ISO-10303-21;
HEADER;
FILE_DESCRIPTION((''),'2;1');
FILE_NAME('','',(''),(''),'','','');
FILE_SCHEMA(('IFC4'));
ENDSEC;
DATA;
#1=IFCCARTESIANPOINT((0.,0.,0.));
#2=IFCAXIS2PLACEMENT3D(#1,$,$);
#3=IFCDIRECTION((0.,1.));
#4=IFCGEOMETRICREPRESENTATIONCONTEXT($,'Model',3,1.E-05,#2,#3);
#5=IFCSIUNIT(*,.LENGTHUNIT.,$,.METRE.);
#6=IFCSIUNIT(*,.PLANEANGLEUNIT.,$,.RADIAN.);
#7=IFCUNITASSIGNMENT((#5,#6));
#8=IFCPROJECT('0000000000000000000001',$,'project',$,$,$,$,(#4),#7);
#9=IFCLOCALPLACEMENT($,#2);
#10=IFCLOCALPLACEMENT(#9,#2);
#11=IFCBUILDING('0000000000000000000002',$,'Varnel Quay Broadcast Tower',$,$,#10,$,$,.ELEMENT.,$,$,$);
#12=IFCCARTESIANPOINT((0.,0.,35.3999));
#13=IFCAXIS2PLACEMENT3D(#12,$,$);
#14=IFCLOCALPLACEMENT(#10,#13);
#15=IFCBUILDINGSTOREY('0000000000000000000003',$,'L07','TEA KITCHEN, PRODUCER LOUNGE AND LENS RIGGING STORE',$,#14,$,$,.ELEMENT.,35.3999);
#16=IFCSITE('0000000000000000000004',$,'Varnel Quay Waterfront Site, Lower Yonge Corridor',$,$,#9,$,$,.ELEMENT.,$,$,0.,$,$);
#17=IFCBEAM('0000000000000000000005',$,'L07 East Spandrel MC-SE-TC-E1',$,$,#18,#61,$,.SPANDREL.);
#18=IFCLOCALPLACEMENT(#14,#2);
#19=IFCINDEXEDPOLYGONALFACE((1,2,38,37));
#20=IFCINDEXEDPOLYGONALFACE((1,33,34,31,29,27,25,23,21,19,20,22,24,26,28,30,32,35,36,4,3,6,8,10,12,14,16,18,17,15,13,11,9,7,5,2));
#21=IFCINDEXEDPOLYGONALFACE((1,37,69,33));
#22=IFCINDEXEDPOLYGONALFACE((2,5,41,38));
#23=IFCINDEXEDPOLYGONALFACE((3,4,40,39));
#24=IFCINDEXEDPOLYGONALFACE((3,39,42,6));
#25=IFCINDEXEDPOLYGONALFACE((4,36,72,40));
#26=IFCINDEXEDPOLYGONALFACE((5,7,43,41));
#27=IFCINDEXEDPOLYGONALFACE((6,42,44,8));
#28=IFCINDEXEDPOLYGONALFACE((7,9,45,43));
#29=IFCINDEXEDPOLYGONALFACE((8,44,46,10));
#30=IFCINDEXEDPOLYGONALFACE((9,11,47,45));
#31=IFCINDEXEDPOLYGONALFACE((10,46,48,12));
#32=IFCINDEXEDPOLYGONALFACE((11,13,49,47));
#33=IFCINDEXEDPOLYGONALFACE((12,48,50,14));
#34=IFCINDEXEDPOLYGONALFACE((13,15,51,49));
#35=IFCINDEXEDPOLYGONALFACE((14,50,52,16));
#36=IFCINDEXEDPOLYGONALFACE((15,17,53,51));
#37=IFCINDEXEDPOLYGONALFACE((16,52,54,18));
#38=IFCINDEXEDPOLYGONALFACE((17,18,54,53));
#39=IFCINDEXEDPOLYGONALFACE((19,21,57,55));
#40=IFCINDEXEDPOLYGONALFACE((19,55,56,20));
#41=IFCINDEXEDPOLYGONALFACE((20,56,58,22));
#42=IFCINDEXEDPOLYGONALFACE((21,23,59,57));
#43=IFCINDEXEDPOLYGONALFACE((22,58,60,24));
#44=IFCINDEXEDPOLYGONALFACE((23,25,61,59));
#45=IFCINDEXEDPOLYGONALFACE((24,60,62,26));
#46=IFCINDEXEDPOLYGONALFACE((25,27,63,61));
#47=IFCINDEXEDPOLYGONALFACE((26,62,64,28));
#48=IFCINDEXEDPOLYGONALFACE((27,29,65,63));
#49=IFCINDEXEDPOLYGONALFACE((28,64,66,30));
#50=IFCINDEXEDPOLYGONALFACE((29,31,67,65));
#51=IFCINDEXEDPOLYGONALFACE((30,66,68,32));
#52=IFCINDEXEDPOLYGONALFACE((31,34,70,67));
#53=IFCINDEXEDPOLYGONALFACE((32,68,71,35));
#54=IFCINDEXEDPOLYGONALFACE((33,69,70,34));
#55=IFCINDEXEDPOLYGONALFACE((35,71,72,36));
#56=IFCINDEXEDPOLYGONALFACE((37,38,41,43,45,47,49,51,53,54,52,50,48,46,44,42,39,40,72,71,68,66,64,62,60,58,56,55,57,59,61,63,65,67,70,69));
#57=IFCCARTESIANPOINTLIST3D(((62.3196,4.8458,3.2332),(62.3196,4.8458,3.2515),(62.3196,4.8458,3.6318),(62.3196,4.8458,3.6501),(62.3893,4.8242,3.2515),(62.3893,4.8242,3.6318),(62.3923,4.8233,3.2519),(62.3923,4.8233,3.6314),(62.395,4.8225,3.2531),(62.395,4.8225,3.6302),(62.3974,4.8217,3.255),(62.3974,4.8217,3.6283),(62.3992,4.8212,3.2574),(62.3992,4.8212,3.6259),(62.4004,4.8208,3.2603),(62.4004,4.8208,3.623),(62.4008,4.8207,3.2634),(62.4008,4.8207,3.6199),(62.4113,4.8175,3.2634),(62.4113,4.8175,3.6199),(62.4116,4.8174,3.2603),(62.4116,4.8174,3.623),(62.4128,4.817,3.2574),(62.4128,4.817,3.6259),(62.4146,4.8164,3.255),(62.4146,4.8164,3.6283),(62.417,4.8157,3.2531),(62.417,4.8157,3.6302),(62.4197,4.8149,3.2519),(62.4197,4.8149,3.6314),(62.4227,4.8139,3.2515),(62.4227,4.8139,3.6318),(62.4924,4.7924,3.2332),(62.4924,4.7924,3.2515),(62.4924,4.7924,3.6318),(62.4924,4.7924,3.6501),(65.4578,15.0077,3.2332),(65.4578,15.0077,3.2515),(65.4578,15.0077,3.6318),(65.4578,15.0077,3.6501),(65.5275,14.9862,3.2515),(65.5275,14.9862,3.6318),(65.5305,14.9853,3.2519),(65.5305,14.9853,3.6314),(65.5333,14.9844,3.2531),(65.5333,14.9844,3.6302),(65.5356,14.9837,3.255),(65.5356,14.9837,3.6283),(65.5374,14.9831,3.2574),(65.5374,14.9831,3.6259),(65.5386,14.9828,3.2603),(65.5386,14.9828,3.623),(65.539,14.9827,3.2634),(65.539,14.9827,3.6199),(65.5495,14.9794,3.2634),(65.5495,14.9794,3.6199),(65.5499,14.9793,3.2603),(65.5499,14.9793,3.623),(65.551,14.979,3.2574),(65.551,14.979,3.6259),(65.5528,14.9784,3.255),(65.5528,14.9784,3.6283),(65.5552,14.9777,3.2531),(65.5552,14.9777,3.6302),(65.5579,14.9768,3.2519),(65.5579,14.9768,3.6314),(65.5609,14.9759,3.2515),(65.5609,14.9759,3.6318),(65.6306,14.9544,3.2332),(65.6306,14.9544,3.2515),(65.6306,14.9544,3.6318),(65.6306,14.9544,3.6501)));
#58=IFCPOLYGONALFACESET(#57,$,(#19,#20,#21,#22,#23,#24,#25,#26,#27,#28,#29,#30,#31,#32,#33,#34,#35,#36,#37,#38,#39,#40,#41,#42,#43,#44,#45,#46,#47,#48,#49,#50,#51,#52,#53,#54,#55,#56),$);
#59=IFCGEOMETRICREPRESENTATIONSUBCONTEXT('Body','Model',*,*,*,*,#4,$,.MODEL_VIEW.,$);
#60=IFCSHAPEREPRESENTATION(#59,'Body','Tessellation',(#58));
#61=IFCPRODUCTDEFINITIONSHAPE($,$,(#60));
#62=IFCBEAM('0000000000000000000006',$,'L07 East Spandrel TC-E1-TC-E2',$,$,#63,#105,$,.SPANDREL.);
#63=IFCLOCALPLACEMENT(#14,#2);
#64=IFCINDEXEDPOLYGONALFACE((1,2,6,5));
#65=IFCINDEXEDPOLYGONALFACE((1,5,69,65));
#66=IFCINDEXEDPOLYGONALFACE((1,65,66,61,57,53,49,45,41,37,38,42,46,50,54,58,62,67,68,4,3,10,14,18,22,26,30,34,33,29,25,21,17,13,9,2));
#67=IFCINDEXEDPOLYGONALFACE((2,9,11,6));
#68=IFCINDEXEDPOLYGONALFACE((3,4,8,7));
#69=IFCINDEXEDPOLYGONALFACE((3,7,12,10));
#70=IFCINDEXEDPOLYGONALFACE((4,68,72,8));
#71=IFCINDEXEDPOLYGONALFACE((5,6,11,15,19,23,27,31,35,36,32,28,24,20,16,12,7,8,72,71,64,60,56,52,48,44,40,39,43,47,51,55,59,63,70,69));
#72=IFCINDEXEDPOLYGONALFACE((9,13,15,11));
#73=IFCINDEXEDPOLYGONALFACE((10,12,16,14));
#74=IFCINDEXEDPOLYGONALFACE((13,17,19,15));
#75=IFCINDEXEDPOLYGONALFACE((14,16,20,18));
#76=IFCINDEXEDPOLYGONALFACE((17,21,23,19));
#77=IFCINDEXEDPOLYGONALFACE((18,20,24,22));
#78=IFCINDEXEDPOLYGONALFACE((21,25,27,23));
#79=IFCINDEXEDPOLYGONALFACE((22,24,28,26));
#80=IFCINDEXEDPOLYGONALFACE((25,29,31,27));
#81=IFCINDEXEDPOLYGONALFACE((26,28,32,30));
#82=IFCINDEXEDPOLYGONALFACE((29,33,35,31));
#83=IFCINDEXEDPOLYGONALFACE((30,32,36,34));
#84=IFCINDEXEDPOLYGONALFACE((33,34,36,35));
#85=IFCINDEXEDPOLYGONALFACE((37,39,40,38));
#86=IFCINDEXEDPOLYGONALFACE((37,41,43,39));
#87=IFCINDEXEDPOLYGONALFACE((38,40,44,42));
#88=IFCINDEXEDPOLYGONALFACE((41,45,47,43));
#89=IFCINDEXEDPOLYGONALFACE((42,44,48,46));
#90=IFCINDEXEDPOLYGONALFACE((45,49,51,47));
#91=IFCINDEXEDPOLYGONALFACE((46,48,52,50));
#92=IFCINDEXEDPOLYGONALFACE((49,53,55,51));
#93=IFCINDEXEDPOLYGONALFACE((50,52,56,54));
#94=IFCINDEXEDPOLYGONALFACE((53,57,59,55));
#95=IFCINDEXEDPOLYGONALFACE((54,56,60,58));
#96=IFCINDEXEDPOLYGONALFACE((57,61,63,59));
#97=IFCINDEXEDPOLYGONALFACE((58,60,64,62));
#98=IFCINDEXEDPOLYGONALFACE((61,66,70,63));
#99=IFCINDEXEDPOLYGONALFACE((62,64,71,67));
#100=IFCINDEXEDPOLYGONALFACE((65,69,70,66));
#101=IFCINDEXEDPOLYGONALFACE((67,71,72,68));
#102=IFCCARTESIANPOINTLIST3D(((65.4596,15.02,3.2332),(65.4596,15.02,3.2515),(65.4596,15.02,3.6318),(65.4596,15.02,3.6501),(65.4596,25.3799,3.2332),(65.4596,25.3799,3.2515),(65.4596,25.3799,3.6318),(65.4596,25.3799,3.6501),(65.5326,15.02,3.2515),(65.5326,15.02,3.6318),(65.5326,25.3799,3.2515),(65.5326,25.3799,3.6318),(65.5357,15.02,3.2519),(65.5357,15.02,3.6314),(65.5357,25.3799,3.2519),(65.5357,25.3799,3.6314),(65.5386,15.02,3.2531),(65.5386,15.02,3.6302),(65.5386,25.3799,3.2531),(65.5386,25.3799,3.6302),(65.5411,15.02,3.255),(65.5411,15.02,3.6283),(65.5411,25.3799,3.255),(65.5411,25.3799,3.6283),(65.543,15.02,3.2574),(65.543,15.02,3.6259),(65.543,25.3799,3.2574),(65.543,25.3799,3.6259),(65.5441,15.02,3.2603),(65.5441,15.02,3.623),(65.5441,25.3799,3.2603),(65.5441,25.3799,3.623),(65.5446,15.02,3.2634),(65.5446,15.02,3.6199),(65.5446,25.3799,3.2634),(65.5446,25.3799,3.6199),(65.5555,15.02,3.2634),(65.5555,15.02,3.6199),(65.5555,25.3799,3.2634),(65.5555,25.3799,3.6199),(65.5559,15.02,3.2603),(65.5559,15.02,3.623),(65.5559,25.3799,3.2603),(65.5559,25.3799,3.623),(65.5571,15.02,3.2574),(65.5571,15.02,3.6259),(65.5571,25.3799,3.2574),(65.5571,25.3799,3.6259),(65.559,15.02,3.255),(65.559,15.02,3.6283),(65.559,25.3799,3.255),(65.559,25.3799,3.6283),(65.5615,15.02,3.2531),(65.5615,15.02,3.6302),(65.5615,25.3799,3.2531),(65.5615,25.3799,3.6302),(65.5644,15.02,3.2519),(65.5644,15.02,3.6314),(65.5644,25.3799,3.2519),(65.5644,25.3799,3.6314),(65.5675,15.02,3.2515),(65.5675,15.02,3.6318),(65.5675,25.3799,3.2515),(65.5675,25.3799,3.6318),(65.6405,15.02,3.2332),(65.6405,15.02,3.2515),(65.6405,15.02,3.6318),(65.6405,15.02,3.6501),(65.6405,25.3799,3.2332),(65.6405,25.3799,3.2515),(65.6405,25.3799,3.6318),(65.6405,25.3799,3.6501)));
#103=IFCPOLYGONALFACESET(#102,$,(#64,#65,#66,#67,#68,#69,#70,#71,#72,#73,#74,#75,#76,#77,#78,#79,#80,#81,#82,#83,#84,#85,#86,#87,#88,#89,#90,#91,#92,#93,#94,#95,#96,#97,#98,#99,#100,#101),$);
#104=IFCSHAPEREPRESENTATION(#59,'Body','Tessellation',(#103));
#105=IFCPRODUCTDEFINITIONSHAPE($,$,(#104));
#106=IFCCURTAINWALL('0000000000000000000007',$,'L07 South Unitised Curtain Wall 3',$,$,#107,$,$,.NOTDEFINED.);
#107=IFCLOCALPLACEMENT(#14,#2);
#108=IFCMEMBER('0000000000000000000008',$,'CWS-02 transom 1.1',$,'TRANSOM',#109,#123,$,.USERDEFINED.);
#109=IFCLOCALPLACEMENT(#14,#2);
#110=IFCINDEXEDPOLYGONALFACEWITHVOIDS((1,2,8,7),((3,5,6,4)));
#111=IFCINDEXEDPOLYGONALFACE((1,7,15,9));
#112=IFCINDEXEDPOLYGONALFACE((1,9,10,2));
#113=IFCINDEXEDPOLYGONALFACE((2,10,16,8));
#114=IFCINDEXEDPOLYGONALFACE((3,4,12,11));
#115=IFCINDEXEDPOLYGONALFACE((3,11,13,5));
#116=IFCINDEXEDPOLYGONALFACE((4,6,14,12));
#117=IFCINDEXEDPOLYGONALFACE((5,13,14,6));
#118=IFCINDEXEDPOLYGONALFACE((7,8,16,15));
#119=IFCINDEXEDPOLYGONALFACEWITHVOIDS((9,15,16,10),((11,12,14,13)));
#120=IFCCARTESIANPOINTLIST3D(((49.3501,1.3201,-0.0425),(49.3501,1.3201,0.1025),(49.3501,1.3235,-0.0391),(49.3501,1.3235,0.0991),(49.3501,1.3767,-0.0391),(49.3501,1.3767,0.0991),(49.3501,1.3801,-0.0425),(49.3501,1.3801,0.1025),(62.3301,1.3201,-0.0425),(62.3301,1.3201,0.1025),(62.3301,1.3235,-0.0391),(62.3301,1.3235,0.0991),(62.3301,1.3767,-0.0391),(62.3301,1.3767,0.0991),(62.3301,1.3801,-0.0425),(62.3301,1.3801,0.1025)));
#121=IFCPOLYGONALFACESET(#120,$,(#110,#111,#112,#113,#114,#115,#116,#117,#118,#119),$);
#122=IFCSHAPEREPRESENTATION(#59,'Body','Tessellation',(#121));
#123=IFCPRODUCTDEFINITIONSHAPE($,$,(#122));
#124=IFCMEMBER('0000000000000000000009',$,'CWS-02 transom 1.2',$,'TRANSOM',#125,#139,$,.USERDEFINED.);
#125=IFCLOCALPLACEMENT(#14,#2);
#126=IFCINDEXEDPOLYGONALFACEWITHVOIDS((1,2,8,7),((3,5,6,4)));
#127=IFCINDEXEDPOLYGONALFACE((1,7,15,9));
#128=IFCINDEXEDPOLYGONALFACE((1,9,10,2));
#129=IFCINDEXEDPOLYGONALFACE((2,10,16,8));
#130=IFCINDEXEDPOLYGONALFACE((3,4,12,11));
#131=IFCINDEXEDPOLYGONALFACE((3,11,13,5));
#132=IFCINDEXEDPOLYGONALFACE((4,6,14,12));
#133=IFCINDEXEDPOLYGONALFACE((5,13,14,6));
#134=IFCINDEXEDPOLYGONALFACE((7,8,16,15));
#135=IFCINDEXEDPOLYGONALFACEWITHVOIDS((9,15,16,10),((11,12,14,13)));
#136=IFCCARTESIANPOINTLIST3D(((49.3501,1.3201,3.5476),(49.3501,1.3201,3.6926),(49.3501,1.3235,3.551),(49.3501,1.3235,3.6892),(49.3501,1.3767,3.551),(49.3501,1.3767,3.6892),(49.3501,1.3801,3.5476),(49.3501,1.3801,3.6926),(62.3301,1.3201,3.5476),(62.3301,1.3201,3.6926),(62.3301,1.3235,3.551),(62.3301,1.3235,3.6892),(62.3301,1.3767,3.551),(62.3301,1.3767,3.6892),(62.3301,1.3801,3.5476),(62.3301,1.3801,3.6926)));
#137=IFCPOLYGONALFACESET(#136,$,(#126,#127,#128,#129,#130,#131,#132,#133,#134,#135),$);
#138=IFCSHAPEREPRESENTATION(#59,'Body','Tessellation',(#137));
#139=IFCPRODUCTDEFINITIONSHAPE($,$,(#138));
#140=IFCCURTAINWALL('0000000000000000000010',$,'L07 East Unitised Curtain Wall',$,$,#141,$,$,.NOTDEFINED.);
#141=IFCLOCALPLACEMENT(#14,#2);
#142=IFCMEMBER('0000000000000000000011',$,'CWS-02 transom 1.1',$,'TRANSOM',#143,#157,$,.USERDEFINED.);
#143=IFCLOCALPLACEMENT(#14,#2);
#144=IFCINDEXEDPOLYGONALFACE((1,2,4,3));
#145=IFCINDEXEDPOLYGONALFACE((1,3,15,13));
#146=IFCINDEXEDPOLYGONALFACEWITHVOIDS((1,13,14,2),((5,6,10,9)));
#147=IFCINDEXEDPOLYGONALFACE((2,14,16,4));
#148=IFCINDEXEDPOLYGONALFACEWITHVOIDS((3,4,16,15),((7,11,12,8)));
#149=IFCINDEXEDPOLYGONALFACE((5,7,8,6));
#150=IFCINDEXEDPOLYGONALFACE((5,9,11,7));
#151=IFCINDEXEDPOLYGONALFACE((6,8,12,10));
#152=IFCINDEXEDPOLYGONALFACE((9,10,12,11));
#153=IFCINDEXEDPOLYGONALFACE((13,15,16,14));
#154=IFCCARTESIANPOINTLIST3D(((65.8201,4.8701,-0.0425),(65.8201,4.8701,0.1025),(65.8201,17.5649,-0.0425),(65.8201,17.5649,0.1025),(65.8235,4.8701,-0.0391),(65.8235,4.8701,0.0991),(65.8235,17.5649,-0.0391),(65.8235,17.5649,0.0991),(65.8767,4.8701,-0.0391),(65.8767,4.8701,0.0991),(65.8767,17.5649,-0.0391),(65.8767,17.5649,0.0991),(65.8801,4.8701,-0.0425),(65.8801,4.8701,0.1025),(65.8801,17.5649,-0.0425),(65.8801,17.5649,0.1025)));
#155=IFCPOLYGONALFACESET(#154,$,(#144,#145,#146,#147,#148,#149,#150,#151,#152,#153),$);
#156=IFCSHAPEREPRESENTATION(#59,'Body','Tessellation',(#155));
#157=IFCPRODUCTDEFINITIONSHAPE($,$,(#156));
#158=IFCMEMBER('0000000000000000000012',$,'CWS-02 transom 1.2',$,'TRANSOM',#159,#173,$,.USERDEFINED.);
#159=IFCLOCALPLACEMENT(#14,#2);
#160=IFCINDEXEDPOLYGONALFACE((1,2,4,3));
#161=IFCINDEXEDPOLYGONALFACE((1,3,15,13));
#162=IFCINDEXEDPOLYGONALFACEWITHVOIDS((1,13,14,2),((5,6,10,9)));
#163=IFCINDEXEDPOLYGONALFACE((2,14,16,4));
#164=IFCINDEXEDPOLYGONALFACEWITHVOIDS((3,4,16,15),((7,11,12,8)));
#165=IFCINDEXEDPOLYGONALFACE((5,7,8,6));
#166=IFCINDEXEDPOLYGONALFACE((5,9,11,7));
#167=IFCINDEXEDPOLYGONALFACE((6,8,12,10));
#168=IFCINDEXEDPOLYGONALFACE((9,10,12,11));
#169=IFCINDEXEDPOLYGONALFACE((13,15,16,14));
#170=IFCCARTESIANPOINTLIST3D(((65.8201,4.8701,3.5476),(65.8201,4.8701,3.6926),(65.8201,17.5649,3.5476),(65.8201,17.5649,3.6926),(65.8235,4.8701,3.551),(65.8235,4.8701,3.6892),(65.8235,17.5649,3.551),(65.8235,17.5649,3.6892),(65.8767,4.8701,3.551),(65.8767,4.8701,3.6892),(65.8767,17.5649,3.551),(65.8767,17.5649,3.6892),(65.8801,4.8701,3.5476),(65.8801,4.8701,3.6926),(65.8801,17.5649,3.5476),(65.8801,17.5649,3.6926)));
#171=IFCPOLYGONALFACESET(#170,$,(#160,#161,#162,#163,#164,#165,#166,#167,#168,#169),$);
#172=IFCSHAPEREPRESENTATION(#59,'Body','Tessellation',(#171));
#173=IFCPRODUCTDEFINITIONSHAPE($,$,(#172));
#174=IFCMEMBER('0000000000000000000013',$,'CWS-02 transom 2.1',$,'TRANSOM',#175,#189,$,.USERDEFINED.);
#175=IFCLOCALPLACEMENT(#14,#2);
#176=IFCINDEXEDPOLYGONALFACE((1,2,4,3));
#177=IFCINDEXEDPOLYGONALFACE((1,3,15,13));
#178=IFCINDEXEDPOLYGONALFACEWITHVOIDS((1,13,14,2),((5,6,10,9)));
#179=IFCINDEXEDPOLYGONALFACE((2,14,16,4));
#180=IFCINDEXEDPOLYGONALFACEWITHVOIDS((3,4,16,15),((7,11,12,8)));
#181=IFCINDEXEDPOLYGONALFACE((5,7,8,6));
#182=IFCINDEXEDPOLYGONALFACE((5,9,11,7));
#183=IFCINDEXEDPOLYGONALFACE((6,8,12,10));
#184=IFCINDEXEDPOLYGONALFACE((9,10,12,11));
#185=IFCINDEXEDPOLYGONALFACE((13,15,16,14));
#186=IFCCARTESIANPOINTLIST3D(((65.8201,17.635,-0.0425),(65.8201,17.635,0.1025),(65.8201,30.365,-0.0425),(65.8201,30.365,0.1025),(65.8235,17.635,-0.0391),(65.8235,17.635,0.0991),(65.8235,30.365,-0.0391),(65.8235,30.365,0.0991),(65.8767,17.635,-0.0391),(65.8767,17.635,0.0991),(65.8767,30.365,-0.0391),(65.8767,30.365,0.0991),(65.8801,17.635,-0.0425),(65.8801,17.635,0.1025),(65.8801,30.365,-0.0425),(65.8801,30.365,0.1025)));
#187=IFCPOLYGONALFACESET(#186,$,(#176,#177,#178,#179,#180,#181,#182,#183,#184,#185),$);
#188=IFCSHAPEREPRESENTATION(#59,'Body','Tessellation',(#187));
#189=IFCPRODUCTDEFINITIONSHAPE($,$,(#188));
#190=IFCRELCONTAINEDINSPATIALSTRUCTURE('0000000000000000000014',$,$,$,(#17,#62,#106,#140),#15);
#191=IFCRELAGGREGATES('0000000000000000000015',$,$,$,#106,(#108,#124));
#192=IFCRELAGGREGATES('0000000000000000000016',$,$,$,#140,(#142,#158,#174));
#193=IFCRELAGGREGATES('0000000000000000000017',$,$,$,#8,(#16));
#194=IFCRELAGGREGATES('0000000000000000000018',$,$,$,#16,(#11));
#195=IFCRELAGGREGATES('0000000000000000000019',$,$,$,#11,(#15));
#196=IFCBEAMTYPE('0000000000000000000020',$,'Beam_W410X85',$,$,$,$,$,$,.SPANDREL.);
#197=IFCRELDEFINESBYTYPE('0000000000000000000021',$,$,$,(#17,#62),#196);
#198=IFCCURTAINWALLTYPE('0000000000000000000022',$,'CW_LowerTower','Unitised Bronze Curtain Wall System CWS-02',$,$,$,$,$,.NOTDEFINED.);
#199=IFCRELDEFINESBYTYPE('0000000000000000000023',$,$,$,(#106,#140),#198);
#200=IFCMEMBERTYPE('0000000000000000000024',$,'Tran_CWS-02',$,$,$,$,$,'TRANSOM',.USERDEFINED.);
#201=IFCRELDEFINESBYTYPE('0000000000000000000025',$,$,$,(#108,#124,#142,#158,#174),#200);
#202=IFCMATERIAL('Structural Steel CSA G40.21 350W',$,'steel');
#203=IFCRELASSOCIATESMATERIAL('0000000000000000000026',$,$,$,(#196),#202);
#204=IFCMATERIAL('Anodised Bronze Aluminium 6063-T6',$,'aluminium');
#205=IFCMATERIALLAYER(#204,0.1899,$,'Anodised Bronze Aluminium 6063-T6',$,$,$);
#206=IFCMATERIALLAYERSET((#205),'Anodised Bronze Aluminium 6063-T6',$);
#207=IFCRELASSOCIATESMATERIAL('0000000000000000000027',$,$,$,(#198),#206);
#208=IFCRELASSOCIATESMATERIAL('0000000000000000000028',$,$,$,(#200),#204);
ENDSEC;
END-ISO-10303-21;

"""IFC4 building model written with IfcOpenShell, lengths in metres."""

from ifc_helpers import new_model, si_unit, direction, frame, origin, origin_2d, place, context, subcontext, project, spatial, hollow_rectangle, i_section, extrude, source, transform, mapped, material, layer, layer_set, material_profile, profile_set, type_object, type_shapes, element, aggregate, save


model = new_model("IFC4")

# Units and contexts
model_context = context("Model", 3, precision=1e-05, world=origin(), true_north=direction((0.0, 1.0)))
body_context = subcontext(model_context, "Body", "Model", "MODEL_VIEW")
ifc_project = project(units=[si_unit("LENGTHUNIT", "METRE"), si_unit("PLANEANGLEUNIT", "RADIAN")], contexts=[model_context])

# Site, building, storey
site_placement = place(None, origin())
site = spatial("IfcSite", under=ifc_project, at=site_placement, Name="Varnel Quay Waterfront Site, Lower Yonge Corridor", CompositionType="ELEMENT", RefElevation=0.0)
building_placement = place(site_placement, origin())
building = spatial("IfcBuilding", under=site, at=building_placement, Name="Varnel Quay Broadcast Tower", CompositionType="ELEMENT")
storey_placement = place(building_placement, frame((0.0, 0.0, 35.3999)))
storey = spatial("IfcBuildingStorey", under=building, at=storey_placement, Name="L07", Description="TEA KITCHEN, PRODUCER LOUNGE AND LENS RIGGING STORE", CompositionType="ELEMENT", Elevation=35.3999)

# Shared definitions
ifc_material_1 = material(Name="Structural Steel CSA G40.21 350W", Category="steel")

# Beams
ifc_material_profile_1 = material_profile(ifc_material_1, i_section(OverallWidth=0.1809, OverallDepth=0.417, WebThickness=0.011, FlangeThickness=0.0183, FilletRadius=0.012, at=origin_2d()), Name="W410X85")
ifc_profile_set_1 = profile_set([ifc_material_profile_1], Name="Structural Steel CSA G40.21 350W")
beam_type = type_object("IfcBeamType", Name="Beam_W410X85", PredefinedType="SPANDREL", material=ifc_profile_set_1)
shared_shape_1 = source(origin(), body_context, "Body", "SweptSolid", [
    extrude(i_section(OverallWidth=0.1809, OverallDepth=0.417, WebThickness=0.011, FlangeThickness=0.0183, FilletRadius=0.012, at=origin_2d()), origin(), (0.0, 0.0, 1.0), 10.6355),
])
beam_1_placement = place(storey_placement, frame((62.406, 4.8191, 3.4417), z_axis=(0.29507, 0.955476, 0.0), x_axis=(-0.955476, 0.29507, 0.0)))
element("IfcBeam", 1, at=beam_1_placement, inside=storey, type_object=beam_type, Name="L07 East Spandrel MC-SE-TC-E1", PredefinedType="SPANDREL", context=body_context, shape_type="MappedRepresentation", body=[
    mapped(shared_shape_1, transform((0.0, 0.0, 0.0), x_axis=(1.0, 0.0, 0.0), y_axis=(0.0, 1.0, 0.0), z_axis=(0.0, 0.0, 1.0), scale=1.0)),
])
shared_shape_2 = source(origin(), body_context, "Body", "SweptSolid", [
    extrude(i_section(OverallWidth=0.1809, OverallDepth=0.417, WebThickness=0.011, FlangeThickness=0.0183, FilletRadius=0.012, at=origin_2d()), origin(), (0.0, 0.0, 1.0), 10.3599),
])
beam_2_placement = place(storey_placement, frame((65.55, 15.02, 3.4417), z_axis=(0.0, 1.0, 0.0), x_axis=(-1.0, 0.0, 0.0)))
element("IfcBeam", 2, at=beam_2_placement, inside=storey, type_object=beam_type, Name="L07 East Spandrel TC-E1-TC-E2", PredefinedType="SPANDREL", context=body_context, shape_type="MappedRepresentation", body=[
    mapped(shared_shape_2, transform((0.0, 0.0, 0.0), x_axis=(1.0, 0.0, 0.0), y_axis=(0.0, 1.0, 0.0), z_axis=(0.0, 0.0, 1.0), scale=1.0)),
])

# Curtain walls, members
ifc_material_2 = material(Name="Anodised Bronze Aluminium 6063-T6", Category="aluminium")
ifc_layer_1 = layer(ifc_material_2, 0.1899, Name="Anodised Bronze Aluminium 6063-T6")
ifc_layer_set_1 = layer_set([ifc_layer_1], Name="Anodised Bronze Aluminium 6063-T6")
curtain_wall_type_1 = type_object("IfcCurtainWallType", Name="CW_LowerTower", Description="Unitised Bronze Curtain Wall System CWS-02", PredefinedType="NOTDEFINED", material=ifc_layer_set_1)
curtain_wall_1_placement = place(storey_placement, origin())
curtain_wall_1 = element("IfcCurtainWall", 3, at=curtain_wall_1_placement, inside=storey, type_object=curtain_wall_type_1, Name="L07 South Unitised Curtain Wall 3", PredefinedType="NOTDEFINED")
ifc_material_profile_2 = material_profile(ifc_material_2, hollow_rectangle(XDim=0.0601, YDim=0.145, WallThickness=0.0034, at=origin_2d()), Name="ALU60X145X3.5")
ifc_profile_set_2 = profile_set([ifc_material_profile_2], Name="Anodised Bronze Aluminium 6063-T6")
member_type_1 = type_object("IfcMemberType", Name="Tran_CWS-02", ElementType="TRANSOM", PredefinedType="USERDEFINED", material=ifc_profile_set_2)
shared_shape_3 = source(origin(), body_context, "Body", "SweptSolid", [
    extrude(hollow_rectangle(XDim=0.0601, YDim=0.145, WallThickness=0.0034, at=origin_2d()), origin(), (0.0, 0.0, 1.0), 12.98),
])
member_1_placement = place(storey_placement, frame((49.3501, 1.3501, 0.03), z_axis=(1.0, 0.0, 0.0), x_axis=(0.0, 1.0, 0.0)))
member_1 = element("IfcMember", 4, at=member_1_placement, type_object=member_type_1, Name="CWS-02 transom 1.1", ObjectType="TRANSOM", PredefinedType="USERDEFINED", context=body_context, shape_type="MappedRepresentation", body=[
    mapped(shared_shape_3, transform((0.0, 0.0, 0.0), x_axis=(1.0, 0.0, 0.0), y_axis=(0.0, 1.0, 0.0), z_axis=(0.0, 0.0, 1.0), scale=1.0)),
])
member_2_placement = place(storey_placement, frame((49.3501, 1.3501, 3.6201), z_axis=(1.0, 0.0, 0.0), x_axis=(0.0, 1.0, 0.0)))
member_2 = element("IfcMember", 5, at=member_2_placement, type_object=member_type_1, Name="CWS-02 transom 1.2", ObjectType="TRANSOM", PredefinedType="USERDEFINED", context=body_context, shape_type="MappedRepresentation", body=[
    mapped(shared_shape_3, transform((0.0, 0.0, 0.0), x_axis=(1.0, 0.0, 0.0), y_axis=(0.0, 1.0, 0.0), z_axis=(0.0, 0.0, 1.0), scale=1.0)),
])
curtain_wall_2_placement = place(storey_placement, origin())
curtain_wall_2 = element("IfcCurtainWall", 6, at=curtain_wall_2_placement, inside=storey, type_object=curtain_wall_type_1, Name="L07 East Unitised Curtain Wall", PredefinedType="NOTDEFINED")
shared_shape_4 = source(origin(), body_context, "Body", "SweptSolid", [
    extrude(hollow_rectangle(XDim=0.0601, YDim=0.145, WallThickness=0.0034, at=origin_2d()), origin(), (0.0, 0.0, 1.0), 12.6948),
])
member_3_placement = place(storey_placement, frame((65.8501, 4.8701, 0.03), z_axis=(0.0, 1.0, 0.0), x_axis=(-1.0, 0.0, 0.0)))
member_3 = element("IfcMember", 7, at=member_3_placement, type_object=member_type_1, Name="CWS-02 transom 1.1", ObjectType="TRANSOM", PredefinedType="USERDEFINED", context=body_context, shape_type="MappedRepresentation", body=[
    mapped(shared_shape_4, transform((0.0, 0.0, 0.0), x_axis=(1.0, 0.0, 0.0), y_axis=(0.0, 1.0, 0.0), z_axis=(0.0, 0.0, 1.0), scale=1.0)),
])
member_4_placement = place(storey_placement, frame((65.8501, 4.8701, 3.6201), z_axis=(0.0, 1.0, 0.0), x_axis=(-1.0, 0.0, 0.0)))
member_4 = element("IfcMember", 8, at=member_4_placement, type_object=member_type_1, Name="CWS-02 transom 1.2", ObjectType="TRANSOM", PredefinedType="USERDEFINED", context=body_context, shape_type="MappedRepresentation", body=[
    mapped(shared_shape_4, transform((0.0, 0.0, 0.0), x_axis=(1.0, 0.0, 0.0), y_axis=(0.0, 1.0, 0.0), z_axis=(0.0, 0.0, 1.0), scale=1.0)),
])
shared_shape_5 = source(origin(), body_context, "Body", "SweptSolid", [
    extrude(hollow_rectangle(XDim=0.0601, YDim=0.145, WallThickness=0.0034, at=origin_2d()), origin(), (0.0, 0.0, 1.0), 12.73),
])
type_shapes(member_type_1, [shared_shape_3, shared_shape_4, shared_shape_5])
member_5_placement = place(storey_placement, frame((65.8501, 17.635, 0.03), z_axis=(0.0, 1.0, 0.0), x_axis=(-1.0, 0.0, 0.0)))
member_5 = element("IfcMember", 9, at=member_5_placement, type_object=member_type_1, Name="CWS-02 transom 2.1", ObjectType="TRANSOM", PredefinedType="USERDEFINED", context=body_context, shape_type="MappedRepresentation", body=[
    mapped(shared_shape_5, transform((0.0, 0.0, 0.0), x_axis=(1.0, 0.0, 0.0), y_axis=(0.0, 1.0, 0.0), z_axis=(0.0, 0.0, 1.0), scale=1.0)),
])

aggregate(curtain_wall_1, [member_1, member_2])
aggregate(curtain_wall_2, [member_3, member_4, member_5])

save(model, "model.ifc")
